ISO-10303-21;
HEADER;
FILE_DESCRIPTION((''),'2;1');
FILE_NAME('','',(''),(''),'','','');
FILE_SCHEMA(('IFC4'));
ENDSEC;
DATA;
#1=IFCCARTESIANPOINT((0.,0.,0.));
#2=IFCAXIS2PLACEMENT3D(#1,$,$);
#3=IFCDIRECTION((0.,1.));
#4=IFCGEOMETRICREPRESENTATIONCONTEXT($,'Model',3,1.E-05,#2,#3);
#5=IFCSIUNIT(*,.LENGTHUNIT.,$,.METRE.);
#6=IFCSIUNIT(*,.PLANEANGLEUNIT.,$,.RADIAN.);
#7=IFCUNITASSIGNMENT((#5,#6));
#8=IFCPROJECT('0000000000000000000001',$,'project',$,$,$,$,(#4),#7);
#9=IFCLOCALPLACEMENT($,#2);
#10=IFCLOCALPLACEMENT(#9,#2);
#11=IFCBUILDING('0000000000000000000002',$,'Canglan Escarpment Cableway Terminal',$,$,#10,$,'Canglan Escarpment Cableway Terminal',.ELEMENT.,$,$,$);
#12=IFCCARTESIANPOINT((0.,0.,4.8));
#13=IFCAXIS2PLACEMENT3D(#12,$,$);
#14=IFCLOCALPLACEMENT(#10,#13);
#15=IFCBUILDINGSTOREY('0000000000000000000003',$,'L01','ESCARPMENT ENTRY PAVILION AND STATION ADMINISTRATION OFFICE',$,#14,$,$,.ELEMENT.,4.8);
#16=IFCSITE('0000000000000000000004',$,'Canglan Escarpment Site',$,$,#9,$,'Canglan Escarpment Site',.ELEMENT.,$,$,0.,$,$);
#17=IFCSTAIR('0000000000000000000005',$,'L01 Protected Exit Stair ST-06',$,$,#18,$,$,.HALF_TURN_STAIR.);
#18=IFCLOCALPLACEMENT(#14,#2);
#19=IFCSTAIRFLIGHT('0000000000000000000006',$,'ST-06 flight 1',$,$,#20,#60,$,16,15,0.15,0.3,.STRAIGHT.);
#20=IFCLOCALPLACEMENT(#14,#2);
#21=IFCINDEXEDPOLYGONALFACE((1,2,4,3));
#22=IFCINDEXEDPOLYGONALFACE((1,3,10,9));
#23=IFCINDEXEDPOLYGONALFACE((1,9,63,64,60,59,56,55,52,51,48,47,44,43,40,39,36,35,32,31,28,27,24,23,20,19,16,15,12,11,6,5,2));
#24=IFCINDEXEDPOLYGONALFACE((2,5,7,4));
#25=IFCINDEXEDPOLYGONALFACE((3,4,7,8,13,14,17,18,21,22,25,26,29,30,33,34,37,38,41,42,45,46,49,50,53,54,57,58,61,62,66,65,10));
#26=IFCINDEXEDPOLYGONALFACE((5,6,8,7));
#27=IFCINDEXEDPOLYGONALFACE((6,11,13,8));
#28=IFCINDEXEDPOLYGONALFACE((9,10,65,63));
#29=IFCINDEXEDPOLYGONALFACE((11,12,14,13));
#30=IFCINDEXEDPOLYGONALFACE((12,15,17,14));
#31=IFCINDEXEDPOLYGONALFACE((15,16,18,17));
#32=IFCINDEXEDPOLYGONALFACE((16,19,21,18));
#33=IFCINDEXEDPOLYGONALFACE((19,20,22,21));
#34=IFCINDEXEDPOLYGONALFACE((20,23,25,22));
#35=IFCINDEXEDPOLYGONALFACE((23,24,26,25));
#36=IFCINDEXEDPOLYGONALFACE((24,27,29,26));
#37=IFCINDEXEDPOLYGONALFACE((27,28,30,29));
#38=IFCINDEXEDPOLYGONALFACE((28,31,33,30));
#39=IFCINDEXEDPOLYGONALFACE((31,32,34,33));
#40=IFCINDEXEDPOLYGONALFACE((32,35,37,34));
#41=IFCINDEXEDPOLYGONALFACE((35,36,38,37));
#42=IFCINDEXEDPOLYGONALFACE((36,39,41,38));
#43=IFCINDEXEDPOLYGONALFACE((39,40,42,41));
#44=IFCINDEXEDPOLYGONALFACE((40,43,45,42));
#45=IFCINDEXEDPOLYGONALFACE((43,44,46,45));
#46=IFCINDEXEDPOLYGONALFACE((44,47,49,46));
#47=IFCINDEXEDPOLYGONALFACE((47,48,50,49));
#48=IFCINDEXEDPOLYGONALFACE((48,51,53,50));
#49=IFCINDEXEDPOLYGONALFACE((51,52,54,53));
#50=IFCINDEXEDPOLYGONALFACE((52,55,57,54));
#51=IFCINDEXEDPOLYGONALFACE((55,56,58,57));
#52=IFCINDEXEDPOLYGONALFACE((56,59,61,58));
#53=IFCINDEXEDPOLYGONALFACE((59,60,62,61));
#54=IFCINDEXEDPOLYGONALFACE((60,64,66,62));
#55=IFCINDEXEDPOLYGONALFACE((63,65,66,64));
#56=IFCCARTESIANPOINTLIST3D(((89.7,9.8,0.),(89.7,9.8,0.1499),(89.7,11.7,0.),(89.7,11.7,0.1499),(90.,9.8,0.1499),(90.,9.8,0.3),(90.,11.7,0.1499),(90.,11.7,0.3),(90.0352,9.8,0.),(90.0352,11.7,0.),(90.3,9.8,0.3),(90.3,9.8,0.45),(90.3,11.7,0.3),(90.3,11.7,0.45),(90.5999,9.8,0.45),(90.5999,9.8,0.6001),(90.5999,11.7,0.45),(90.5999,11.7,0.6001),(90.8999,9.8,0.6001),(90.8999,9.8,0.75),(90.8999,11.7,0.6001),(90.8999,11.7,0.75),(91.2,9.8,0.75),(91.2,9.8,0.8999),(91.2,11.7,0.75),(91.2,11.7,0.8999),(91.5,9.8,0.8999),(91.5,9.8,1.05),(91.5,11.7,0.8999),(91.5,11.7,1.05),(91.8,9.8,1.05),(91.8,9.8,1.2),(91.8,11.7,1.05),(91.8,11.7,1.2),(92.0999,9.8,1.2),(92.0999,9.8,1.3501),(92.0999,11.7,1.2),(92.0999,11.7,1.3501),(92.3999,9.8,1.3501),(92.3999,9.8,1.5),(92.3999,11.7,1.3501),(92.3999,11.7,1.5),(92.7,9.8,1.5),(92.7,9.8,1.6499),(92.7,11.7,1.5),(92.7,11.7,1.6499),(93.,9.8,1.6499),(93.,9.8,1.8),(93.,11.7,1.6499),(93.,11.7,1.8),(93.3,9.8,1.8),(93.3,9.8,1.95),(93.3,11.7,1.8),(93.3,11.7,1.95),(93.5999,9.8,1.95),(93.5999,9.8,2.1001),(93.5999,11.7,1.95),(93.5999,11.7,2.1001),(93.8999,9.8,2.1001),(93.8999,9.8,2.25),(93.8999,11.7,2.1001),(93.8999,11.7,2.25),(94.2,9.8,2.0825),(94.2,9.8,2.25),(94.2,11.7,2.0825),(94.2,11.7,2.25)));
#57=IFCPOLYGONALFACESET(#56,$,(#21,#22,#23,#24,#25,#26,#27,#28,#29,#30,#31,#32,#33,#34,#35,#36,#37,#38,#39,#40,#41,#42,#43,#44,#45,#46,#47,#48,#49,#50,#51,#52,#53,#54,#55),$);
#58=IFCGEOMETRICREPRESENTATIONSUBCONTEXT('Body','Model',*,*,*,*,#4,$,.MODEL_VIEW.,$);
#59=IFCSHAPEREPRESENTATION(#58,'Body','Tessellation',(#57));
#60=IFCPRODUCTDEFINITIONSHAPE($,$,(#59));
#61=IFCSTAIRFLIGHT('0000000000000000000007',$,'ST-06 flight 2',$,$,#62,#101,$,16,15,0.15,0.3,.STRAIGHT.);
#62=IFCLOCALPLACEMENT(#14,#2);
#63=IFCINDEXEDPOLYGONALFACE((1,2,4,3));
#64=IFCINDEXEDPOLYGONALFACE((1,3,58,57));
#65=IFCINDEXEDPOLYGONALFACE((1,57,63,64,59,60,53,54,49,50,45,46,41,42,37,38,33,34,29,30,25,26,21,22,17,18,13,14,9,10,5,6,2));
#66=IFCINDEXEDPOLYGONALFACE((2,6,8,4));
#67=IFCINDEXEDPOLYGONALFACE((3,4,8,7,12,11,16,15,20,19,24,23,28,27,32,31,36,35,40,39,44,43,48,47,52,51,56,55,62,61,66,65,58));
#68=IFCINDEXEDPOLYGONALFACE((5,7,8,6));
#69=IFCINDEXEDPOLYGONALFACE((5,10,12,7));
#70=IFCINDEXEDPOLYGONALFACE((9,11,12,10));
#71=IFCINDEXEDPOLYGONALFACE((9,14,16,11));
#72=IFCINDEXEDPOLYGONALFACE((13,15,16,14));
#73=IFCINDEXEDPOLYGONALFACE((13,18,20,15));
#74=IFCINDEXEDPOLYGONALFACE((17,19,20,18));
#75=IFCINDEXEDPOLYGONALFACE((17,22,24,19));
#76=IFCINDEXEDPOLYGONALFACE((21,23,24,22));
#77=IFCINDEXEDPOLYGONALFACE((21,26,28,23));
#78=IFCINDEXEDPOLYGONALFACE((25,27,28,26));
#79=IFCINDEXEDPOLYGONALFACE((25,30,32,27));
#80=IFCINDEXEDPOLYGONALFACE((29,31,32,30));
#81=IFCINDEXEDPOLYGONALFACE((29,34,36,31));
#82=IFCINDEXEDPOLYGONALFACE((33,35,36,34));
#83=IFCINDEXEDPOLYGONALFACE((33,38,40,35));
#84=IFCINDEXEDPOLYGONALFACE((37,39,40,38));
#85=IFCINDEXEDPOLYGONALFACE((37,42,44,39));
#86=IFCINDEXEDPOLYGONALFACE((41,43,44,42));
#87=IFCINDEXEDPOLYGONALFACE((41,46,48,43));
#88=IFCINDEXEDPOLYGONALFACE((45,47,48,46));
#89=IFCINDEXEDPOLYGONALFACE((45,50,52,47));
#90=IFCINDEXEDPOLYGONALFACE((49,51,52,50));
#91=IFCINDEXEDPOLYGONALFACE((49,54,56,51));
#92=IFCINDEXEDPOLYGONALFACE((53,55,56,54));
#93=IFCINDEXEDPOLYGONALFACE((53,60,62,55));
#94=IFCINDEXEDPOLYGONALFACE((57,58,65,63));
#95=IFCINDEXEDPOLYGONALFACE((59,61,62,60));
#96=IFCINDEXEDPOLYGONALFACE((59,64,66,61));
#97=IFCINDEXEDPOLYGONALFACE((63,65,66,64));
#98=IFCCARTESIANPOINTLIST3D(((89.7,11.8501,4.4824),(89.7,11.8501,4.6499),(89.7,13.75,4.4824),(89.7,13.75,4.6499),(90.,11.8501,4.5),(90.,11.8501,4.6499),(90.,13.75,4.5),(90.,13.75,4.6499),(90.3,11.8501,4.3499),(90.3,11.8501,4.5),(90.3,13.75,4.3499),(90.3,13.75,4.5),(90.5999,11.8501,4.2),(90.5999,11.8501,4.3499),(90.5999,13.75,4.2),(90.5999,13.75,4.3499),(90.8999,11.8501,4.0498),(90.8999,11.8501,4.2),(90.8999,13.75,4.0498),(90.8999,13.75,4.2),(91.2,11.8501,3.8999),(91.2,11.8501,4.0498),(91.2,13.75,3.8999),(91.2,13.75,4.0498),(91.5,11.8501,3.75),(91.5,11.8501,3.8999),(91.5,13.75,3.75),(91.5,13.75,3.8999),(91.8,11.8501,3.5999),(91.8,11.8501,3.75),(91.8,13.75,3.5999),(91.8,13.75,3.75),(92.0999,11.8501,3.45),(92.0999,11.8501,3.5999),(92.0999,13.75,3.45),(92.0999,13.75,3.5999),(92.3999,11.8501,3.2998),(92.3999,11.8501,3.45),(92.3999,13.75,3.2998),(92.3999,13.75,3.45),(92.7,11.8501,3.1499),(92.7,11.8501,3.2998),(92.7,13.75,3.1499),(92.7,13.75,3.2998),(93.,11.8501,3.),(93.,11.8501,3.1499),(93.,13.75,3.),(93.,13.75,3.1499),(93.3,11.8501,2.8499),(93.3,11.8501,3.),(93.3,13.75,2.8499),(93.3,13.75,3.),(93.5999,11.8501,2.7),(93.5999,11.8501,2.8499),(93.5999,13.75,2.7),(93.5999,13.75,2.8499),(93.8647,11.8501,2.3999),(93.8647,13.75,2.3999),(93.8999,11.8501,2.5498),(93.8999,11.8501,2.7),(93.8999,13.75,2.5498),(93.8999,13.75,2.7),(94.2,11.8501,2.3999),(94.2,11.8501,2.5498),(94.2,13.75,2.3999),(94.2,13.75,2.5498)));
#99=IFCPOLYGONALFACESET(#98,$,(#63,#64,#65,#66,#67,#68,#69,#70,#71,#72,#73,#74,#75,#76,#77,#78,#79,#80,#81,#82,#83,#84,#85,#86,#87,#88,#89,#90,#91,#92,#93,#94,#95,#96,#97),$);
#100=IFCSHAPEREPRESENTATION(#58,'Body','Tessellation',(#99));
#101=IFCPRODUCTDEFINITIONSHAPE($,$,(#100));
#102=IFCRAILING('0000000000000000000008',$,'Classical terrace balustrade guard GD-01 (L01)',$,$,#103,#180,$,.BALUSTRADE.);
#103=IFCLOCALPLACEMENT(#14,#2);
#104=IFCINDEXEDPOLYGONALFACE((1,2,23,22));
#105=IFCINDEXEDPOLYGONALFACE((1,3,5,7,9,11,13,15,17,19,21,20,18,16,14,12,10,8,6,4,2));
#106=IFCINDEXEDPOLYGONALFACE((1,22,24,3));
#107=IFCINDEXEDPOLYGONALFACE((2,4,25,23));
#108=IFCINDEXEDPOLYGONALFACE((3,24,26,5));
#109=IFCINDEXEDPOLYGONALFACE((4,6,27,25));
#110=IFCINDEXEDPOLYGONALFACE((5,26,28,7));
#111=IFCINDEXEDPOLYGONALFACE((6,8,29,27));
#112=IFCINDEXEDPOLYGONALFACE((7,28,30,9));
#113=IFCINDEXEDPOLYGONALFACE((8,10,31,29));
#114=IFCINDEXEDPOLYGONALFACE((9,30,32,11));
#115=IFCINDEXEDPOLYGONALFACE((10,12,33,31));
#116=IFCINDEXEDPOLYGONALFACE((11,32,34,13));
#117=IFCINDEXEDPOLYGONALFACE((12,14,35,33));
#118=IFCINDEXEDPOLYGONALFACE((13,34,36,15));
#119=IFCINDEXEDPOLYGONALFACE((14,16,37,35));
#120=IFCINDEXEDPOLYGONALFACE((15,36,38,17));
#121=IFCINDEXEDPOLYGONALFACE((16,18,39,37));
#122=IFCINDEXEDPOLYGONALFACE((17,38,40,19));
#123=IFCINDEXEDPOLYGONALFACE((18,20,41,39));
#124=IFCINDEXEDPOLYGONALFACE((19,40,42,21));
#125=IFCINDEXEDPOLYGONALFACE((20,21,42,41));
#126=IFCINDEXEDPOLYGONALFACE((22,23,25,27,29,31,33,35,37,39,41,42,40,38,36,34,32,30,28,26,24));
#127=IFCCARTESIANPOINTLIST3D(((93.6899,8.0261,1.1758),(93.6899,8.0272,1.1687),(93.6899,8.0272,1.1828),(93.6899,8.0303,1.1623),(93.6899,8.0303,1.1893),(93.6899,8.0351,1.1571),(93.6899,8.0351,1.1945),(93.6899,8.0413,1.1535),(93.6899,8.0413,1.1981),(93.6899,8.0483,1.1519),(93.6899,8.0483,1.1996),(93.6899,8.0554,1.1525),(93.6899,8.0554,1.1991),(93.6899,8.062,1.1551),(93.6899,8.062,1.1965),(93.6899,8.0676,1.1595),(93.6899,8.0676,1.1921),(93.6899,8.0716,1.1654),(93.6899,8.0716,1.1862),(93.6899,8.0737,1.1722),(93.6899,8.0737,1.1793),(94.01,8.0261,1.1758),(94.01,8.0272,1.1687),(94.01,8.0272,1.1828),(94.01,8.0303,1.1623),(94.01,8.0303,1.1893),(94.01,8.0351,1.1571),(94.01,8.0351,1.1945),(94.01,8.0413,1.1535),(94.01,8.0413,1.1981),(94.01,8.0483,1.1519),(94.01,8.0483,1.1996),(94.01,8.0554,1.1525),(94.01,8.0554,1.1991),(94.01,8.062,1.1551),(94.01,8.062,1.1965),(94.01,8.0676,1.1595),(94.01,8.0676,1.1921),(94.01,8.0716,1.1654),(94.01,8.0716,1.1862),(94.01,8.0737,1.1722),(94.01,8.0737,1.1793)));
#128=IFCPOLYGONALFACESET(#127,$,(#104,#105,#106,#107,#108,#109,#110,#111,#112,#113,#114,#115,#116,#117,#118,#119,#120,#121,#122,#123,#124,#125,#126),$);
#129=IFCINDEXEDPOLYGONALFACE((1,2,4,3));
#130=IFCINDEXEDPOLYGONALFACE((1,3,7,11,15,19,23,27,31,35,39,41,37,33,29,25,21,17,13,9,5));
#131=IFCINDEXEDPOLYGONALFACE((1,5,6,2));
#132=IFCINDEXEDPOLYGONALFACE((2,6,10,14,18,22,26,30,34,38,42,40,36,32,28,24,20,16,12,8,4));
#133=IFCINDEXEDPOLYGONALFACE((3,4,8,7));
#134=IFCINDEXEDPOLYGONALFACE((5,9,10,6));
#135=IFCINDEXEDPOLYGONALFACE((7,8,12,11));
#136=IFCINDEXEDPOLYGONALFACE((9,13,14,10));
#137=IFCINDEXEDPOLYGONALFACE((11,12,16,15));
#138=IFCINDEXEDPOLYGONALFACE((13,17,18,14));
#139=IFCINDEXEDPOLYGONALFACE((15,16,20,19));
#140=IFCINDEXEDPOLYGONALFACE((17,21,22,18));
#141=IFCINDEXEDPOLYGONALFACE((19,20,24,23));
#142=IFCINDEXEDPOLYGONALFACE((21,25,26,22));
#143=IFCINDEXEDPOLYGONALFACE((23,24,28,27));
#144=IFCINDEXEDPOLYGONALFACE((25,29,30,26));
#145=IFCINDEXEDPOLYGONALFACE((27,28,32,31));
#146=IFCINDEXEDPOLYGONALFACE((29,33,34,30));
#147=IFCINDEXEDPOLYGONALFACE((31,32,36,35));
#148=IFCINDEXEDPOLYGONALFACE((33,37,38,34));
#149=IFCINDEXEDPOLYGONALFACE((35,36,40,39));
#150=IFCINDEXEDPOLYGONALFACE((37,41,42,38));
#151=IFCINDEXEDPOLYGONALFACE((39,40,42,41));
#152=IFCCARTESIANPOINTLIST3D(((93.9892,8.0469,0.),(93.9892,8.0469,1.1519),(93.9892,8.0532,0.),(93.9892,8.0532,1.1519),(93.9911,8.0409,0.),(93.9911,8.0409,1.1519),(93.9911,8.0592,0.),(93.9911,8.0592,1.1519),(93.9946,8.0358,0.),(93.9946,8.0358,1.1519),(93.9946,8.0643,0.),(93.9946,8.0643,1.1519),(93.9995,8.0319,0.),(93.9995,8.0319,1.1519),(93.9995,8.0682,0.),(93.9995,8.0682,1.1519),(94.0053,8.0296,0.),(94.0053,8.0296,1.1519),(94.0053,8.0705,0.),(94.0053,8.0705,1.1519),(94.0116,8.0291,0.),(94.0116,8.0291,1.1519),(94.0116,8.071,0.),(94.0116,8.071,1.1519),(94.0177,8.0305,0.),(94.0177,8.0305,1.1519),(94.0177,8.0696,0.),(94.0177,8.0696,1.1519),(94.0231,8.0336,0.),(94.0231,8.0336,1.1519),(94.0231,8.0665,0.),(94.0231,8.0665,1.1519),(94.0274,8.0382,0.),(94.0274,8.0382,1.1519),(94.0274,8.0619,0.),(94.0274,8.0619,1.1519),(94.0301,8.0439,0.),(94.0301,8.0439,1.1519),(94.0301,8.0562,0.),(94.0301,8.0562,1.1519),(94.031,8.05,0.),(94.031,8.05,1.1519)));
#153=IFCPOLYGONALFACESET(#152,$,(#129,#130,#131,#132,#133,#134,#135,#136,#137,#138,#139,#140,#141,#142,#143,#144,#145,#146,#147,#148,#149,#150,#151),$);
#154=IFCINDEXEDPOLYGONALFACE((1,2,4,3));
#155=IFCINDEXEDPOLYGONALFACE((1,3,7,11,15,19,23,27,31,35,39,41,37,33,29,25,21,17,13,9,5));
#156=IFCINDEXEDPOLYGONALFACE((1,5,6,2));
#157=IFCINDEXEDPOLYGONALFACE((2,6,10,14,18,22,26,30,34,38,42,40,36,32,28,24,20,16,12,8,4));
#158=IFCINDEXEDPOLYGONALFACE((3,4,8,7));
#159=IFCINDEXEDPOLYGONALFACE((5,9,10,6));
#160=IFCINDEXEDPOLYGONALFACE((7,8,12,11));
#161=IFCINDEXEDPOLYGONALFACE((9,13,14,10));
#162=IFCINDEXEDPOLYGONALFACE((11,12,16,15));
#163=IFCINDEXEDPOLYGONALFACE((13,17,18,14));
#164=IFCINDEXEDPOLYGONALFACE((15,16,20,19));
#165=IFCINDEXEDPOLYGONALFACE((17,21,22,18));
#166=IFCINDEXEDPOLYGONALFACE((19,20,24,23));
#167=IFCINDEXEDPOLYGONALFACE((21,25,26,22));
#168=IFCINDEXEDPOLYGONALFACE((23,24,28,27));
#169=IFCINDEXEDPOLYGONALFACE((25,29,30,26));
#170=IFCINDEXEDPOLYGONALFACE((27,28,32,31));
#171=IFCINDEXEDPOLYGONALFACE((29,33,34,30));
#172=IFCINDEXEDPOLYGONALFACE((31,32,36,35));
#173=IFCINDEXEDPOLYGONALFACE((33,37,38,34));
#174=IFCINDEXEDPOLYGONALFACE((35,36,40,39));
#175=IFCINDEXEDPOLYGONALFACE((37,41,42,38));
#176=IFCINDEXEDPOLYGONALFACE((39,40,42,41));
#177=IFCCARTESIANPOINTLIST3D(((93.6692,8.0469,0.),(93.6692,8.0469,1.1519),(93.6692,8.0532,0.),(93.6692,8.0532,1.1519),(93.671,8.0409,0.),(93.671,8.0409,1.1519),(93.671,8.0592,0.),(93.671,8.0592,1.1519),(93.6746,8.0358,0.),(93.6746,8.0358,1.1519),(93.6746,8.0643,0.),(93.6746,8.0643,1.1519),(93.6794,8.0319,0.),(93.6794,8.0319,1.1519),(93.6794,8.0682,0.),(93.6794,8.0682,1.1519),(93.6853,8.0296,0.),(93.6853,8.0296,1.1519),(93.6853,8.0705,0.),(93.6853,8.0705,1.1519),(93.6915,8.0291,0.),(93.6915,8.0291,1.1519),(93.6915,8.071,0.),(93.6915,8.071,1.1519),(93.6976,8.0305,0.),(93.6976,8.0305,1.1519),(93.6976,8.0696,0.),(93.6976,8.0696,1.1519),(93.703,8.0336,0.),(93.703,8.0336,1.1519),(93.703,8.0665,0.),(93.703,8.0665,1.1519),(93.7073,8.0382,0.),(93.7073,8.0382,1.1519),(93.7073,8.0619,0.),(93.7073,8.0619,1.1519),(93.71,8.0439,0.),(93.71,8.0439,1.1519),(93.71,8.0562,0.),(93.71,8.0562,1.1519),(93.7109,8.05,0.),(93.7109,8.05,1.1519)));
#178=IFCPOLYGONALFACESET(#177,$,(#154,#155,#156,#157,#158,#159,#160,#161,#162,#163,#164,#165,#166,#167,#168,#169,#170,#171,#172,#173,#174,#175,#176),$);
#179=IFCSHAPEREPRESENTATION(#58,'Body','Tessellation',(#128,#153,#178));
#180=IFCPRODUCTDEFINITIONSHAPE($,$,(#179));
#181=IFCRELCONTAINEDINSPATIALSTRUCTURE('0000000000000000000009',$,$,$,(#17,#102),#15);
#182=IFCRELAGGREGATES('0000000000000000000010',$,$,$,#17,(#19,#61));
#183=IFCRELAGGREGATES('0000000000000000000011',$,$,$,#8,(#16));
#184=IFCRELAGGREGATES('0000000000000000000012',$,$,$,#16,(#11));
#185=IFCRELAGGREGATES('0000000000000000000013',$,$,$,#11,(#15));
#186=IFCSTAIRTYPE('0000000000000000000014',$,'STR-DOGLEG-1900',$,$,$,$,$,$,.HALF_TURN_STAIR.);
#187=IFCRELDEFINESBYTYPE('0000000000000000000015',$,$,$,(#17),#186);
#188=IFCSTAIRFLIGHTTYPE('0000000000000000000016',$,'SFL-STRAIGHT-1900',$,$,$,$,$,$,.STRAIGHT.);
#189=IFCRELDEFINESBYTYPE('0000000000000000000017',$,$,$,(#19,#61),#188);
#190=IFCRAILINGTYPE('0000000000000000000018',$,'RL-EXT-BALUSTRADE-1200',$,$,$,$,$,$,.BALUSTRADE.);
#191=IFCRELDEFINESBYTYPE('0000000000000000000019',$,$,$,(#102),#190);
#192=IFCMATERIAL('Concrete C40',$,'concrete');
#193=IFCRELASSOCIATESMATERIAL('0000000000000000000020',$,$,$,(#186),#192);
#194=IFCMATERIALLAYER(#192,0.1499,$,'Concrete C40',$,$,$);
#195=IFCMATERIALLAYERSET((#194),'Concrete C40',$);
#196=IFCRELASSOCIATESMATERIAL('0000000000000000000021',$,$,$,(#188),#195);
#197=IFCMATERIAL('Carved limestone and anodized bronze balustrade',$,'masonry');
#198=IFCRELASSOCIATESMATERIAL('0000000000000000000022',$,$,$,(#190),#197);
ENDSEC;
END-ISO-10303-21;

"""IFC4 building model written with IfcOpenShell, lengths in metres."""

from ifc_helpers import new_model, si_unit, direction, frame, origin, origin_2d, place, context, subcontext, project, spatial, polyline, circle, outline, extrude, material, layer, layer_set, type_object, element, aggregate, save


model = new_model("IFC4")

# Units and contexts
model_context = context("Model", 3, precision=1e-05, world=origin(), true_north=direction((0.0, 1.0)))
body_context = subcontext(model_context, "Body", "Model", "MODEL_VIEW")
ifc_project = project(units=[si_unit("LENGTHUNIT", "METRE"), si_unit("PLANEANGLEUNIT", "RADIAN")], contexts=[model_context])

# Site, building, storey
site_placement = place(None, origin())
site = spatial("IfcSite", under=ifc_project, at=site_placement, Name="Canglan Escarpment Site", LongName="Canglan Escarpment Site", CompositionType="ELEMENT", RefElevation=0.0)
building_placement = place(site_placement, origin())
building = spatial("IfcBuilding", under=site, at=building_placement, Name="Canglan Escarpment Cableway Terminal", LongName="Canglan Escarpment Cableway Terminal", CompositionType="ELEMENT")
storey_placement = place(building_placement, frame((0.0, 0.0, 4.8)))
storey = spatial("IfcBuildingStorey", under=building, at=storey_placement, Name="L01", Description="ESCARPMENT ENTRY PAVILION AND STATION ADMINISTRATION OFFICE", CompositionType="ELEMENT", Elevation=4.8)

# Shared definitions
ifc_material_1 = material(Name="Concrete C40", Category="concrete")

# Stair, stair flights
stair_type = type_object("IfcStairType", Name="STR-DOGLEG-1900", PredefinedType="HALF_TURN_STAIR", material=ifc_material_1)
stair_placement = place(storey_placement, origin())
stair = element("IfcStair", 1, at=stair_placement, inside=storey, type_object=stair_type, Name="L01 Protected Exit Stair ST-06", PredefinedType="HALF_TURN_STAIR")
ifc_layer_1 = layer(ifc_material_1, 0.1499, Name="Concrete C40")
ifc_layer_set_1 = layer_set([ifc_layer_1], Name="Concrete C40")
stair_flight_type = type_object("IfcStairFlightType", Name="SFL-STRAIGHT-1900", PredefinedType="STRAIGHT", material=ifc_layer_set_1)
stair_flight_1_placement = place(storey_placement, frame((89.7, 10.75, 0.0), z_axis=(0.0, 0.0, 1.0), x_axis=(1.0, 0.0, 0.0)))
stair_flight_1 = element("IfcStairFlight", 2, at=stair_flight_1_placement, type_object=stair_flight_type, Name="ST-06 flight 1", NumberOfRisers=16, NumberOfTreads=15, PredefinedType="STRAIGHT", RiserHeight=0.15, TreadLength=0.3, context=body_context, shape_type="SweptSolid", body=[
    extrude(outline(polyline([(0.0, 0.0), (0.0, 0.1499), (0.3, 0.1499), (0.3, 0.3), (0.6001, 0.3), (0.6001, 0.45), (0.8999, 0.45), (0.8999, 0.6001), (1.2, 0.6001), (1.2, 0.75), (1.5, 0.75), (1.5, 0.8999), (1.8, 0.8999), (1.8, 1.05), (2.1001, 1.05), (2.1001, 1.2), (2.3999, 1.2), (2.3999, 1.3501), (2.7, 1.3501), (2.7, 1.5), (3.0, 1.5), (3.0, 1.6499), (3.3, 1.6499), (3.3, 1.8), (3.6001, 1.8), (3.6001, 1.95), (3.8999, 1.95), (3.8999, 2.1001), (4.2, 2.1001), (4.2, 2.25), (4.5, 2.25), (4.5, 2.3999), (4.5, 2.0825), (0.3352, 0.0), (0.0, 0.0)])), frame((0.0, 0.95, 0.0), z_axis=(0.0, -1.0, 0.0), x_axis=(1.0, 0.0, 0.0)), (0.0, 0.0, 1.0), 1.8999),
])
stair_flight_2_placement = place(storey_placement, frame((94.2, 12.8, 2.3999), z_axis=(0.0, 0.0, 1.0), x_axis=(-1.0, 0.0, 0.0)))
stair_flight_2 = element("IfcStairFlight", 3, at=stair_flight_2_placement, type_object=stair_flight_type, Name="ST-06 flight 2", NumberOfRisers=16, NumberOfTreads=15, PredefinedType="STRAIGHT", RiserHeight=0.15, TreadLength=0.3, context=body_context, shape_type="SweptSolid", body=[
    extrude(outline(polyline([(0.0, 0.0), (0.0, 0.1499), (0.3, 0.1499), (0.3, 0.3), (0.6001, 0.3), (0.6001, 0.45), (0.8999, 0.45), (0.8999, 0.6001), (1.2, 0.6001), (1.2, 0.75), (1.5, 0.75), (1.5, 0.8999), (1.8, 0.8999), (1.8, 1.05), (2.1001, 1.05), (2.1001, 1.2), (2.3999, 1.2), (2.3999, 1.3501), (2.7, 1.3501), (2.7, 1.5), (3.0, 1.5), (3.0, 1.6499), (3.3, 1.6499), (3.3, 1.8), (3.6001, 1.8), (3.6001, 1.95), (3.8999, 1.95), (3.8999, 2.1001), (4.2, 2.1001), (4.2, 2.25), (4.5, 2.25), (4.5, 2.3999), (4.5, 2.0825), (0.3352, 0.0), (0.0, 0.0)])), frame((0.0, 0.95, 0.0), z_axis=(0.0, -1.0, 0.0), x_axis=(1.0, 0.0, 0.0)), (0.0, 0.0, 1.0), 1.8999),
])
aggregate(stair, [stair_flight_1, stair_flight_2])

# Railing
ifc_material_2 = material(Name="Carved limestone and anodized bronze balustrade", Category="masonry")
railing_type_1 = type_object("IfcRailingType", Name="RL-EXT-BALUSTRADE-1200", PredefinedType="BALUSTRADE", material=ifc_material_2)
railing_1_placement = place(storey_placement, frame((94.01, 8.05, 0.0)))
element("IfcRailing", 4, at=railing_1_placement, inside=storey, type_object=railing_type_1, Name="Classical terrace balustrade guard GD-01 (L01)", PredefinedType="BALUSTRADE", context=body_context, shape_type="SweptSolid", body=[
    extrude(circle(Radius=0.0239, at=origin_2d()), frame((0.0, 0.0, 1.1758), z_axis=(-1.0, 0.0, 0.0), x_axis=(0.0, -1.0, 0.0)), (0.0, 0.0, 1.0), 0.3201),
    extrude(circle(Radius=0.021, at=origin_2d()), origin(), (0.0, 0.0, 1.0), 1.1519),
    extrude(circle(Radius=0.021, at=origin_2d()), frame((-0.3201, 0.0, 0.0)), (0.0, 0.0, 1.0), 1.1519),
])

save(model, "model.ifc")
